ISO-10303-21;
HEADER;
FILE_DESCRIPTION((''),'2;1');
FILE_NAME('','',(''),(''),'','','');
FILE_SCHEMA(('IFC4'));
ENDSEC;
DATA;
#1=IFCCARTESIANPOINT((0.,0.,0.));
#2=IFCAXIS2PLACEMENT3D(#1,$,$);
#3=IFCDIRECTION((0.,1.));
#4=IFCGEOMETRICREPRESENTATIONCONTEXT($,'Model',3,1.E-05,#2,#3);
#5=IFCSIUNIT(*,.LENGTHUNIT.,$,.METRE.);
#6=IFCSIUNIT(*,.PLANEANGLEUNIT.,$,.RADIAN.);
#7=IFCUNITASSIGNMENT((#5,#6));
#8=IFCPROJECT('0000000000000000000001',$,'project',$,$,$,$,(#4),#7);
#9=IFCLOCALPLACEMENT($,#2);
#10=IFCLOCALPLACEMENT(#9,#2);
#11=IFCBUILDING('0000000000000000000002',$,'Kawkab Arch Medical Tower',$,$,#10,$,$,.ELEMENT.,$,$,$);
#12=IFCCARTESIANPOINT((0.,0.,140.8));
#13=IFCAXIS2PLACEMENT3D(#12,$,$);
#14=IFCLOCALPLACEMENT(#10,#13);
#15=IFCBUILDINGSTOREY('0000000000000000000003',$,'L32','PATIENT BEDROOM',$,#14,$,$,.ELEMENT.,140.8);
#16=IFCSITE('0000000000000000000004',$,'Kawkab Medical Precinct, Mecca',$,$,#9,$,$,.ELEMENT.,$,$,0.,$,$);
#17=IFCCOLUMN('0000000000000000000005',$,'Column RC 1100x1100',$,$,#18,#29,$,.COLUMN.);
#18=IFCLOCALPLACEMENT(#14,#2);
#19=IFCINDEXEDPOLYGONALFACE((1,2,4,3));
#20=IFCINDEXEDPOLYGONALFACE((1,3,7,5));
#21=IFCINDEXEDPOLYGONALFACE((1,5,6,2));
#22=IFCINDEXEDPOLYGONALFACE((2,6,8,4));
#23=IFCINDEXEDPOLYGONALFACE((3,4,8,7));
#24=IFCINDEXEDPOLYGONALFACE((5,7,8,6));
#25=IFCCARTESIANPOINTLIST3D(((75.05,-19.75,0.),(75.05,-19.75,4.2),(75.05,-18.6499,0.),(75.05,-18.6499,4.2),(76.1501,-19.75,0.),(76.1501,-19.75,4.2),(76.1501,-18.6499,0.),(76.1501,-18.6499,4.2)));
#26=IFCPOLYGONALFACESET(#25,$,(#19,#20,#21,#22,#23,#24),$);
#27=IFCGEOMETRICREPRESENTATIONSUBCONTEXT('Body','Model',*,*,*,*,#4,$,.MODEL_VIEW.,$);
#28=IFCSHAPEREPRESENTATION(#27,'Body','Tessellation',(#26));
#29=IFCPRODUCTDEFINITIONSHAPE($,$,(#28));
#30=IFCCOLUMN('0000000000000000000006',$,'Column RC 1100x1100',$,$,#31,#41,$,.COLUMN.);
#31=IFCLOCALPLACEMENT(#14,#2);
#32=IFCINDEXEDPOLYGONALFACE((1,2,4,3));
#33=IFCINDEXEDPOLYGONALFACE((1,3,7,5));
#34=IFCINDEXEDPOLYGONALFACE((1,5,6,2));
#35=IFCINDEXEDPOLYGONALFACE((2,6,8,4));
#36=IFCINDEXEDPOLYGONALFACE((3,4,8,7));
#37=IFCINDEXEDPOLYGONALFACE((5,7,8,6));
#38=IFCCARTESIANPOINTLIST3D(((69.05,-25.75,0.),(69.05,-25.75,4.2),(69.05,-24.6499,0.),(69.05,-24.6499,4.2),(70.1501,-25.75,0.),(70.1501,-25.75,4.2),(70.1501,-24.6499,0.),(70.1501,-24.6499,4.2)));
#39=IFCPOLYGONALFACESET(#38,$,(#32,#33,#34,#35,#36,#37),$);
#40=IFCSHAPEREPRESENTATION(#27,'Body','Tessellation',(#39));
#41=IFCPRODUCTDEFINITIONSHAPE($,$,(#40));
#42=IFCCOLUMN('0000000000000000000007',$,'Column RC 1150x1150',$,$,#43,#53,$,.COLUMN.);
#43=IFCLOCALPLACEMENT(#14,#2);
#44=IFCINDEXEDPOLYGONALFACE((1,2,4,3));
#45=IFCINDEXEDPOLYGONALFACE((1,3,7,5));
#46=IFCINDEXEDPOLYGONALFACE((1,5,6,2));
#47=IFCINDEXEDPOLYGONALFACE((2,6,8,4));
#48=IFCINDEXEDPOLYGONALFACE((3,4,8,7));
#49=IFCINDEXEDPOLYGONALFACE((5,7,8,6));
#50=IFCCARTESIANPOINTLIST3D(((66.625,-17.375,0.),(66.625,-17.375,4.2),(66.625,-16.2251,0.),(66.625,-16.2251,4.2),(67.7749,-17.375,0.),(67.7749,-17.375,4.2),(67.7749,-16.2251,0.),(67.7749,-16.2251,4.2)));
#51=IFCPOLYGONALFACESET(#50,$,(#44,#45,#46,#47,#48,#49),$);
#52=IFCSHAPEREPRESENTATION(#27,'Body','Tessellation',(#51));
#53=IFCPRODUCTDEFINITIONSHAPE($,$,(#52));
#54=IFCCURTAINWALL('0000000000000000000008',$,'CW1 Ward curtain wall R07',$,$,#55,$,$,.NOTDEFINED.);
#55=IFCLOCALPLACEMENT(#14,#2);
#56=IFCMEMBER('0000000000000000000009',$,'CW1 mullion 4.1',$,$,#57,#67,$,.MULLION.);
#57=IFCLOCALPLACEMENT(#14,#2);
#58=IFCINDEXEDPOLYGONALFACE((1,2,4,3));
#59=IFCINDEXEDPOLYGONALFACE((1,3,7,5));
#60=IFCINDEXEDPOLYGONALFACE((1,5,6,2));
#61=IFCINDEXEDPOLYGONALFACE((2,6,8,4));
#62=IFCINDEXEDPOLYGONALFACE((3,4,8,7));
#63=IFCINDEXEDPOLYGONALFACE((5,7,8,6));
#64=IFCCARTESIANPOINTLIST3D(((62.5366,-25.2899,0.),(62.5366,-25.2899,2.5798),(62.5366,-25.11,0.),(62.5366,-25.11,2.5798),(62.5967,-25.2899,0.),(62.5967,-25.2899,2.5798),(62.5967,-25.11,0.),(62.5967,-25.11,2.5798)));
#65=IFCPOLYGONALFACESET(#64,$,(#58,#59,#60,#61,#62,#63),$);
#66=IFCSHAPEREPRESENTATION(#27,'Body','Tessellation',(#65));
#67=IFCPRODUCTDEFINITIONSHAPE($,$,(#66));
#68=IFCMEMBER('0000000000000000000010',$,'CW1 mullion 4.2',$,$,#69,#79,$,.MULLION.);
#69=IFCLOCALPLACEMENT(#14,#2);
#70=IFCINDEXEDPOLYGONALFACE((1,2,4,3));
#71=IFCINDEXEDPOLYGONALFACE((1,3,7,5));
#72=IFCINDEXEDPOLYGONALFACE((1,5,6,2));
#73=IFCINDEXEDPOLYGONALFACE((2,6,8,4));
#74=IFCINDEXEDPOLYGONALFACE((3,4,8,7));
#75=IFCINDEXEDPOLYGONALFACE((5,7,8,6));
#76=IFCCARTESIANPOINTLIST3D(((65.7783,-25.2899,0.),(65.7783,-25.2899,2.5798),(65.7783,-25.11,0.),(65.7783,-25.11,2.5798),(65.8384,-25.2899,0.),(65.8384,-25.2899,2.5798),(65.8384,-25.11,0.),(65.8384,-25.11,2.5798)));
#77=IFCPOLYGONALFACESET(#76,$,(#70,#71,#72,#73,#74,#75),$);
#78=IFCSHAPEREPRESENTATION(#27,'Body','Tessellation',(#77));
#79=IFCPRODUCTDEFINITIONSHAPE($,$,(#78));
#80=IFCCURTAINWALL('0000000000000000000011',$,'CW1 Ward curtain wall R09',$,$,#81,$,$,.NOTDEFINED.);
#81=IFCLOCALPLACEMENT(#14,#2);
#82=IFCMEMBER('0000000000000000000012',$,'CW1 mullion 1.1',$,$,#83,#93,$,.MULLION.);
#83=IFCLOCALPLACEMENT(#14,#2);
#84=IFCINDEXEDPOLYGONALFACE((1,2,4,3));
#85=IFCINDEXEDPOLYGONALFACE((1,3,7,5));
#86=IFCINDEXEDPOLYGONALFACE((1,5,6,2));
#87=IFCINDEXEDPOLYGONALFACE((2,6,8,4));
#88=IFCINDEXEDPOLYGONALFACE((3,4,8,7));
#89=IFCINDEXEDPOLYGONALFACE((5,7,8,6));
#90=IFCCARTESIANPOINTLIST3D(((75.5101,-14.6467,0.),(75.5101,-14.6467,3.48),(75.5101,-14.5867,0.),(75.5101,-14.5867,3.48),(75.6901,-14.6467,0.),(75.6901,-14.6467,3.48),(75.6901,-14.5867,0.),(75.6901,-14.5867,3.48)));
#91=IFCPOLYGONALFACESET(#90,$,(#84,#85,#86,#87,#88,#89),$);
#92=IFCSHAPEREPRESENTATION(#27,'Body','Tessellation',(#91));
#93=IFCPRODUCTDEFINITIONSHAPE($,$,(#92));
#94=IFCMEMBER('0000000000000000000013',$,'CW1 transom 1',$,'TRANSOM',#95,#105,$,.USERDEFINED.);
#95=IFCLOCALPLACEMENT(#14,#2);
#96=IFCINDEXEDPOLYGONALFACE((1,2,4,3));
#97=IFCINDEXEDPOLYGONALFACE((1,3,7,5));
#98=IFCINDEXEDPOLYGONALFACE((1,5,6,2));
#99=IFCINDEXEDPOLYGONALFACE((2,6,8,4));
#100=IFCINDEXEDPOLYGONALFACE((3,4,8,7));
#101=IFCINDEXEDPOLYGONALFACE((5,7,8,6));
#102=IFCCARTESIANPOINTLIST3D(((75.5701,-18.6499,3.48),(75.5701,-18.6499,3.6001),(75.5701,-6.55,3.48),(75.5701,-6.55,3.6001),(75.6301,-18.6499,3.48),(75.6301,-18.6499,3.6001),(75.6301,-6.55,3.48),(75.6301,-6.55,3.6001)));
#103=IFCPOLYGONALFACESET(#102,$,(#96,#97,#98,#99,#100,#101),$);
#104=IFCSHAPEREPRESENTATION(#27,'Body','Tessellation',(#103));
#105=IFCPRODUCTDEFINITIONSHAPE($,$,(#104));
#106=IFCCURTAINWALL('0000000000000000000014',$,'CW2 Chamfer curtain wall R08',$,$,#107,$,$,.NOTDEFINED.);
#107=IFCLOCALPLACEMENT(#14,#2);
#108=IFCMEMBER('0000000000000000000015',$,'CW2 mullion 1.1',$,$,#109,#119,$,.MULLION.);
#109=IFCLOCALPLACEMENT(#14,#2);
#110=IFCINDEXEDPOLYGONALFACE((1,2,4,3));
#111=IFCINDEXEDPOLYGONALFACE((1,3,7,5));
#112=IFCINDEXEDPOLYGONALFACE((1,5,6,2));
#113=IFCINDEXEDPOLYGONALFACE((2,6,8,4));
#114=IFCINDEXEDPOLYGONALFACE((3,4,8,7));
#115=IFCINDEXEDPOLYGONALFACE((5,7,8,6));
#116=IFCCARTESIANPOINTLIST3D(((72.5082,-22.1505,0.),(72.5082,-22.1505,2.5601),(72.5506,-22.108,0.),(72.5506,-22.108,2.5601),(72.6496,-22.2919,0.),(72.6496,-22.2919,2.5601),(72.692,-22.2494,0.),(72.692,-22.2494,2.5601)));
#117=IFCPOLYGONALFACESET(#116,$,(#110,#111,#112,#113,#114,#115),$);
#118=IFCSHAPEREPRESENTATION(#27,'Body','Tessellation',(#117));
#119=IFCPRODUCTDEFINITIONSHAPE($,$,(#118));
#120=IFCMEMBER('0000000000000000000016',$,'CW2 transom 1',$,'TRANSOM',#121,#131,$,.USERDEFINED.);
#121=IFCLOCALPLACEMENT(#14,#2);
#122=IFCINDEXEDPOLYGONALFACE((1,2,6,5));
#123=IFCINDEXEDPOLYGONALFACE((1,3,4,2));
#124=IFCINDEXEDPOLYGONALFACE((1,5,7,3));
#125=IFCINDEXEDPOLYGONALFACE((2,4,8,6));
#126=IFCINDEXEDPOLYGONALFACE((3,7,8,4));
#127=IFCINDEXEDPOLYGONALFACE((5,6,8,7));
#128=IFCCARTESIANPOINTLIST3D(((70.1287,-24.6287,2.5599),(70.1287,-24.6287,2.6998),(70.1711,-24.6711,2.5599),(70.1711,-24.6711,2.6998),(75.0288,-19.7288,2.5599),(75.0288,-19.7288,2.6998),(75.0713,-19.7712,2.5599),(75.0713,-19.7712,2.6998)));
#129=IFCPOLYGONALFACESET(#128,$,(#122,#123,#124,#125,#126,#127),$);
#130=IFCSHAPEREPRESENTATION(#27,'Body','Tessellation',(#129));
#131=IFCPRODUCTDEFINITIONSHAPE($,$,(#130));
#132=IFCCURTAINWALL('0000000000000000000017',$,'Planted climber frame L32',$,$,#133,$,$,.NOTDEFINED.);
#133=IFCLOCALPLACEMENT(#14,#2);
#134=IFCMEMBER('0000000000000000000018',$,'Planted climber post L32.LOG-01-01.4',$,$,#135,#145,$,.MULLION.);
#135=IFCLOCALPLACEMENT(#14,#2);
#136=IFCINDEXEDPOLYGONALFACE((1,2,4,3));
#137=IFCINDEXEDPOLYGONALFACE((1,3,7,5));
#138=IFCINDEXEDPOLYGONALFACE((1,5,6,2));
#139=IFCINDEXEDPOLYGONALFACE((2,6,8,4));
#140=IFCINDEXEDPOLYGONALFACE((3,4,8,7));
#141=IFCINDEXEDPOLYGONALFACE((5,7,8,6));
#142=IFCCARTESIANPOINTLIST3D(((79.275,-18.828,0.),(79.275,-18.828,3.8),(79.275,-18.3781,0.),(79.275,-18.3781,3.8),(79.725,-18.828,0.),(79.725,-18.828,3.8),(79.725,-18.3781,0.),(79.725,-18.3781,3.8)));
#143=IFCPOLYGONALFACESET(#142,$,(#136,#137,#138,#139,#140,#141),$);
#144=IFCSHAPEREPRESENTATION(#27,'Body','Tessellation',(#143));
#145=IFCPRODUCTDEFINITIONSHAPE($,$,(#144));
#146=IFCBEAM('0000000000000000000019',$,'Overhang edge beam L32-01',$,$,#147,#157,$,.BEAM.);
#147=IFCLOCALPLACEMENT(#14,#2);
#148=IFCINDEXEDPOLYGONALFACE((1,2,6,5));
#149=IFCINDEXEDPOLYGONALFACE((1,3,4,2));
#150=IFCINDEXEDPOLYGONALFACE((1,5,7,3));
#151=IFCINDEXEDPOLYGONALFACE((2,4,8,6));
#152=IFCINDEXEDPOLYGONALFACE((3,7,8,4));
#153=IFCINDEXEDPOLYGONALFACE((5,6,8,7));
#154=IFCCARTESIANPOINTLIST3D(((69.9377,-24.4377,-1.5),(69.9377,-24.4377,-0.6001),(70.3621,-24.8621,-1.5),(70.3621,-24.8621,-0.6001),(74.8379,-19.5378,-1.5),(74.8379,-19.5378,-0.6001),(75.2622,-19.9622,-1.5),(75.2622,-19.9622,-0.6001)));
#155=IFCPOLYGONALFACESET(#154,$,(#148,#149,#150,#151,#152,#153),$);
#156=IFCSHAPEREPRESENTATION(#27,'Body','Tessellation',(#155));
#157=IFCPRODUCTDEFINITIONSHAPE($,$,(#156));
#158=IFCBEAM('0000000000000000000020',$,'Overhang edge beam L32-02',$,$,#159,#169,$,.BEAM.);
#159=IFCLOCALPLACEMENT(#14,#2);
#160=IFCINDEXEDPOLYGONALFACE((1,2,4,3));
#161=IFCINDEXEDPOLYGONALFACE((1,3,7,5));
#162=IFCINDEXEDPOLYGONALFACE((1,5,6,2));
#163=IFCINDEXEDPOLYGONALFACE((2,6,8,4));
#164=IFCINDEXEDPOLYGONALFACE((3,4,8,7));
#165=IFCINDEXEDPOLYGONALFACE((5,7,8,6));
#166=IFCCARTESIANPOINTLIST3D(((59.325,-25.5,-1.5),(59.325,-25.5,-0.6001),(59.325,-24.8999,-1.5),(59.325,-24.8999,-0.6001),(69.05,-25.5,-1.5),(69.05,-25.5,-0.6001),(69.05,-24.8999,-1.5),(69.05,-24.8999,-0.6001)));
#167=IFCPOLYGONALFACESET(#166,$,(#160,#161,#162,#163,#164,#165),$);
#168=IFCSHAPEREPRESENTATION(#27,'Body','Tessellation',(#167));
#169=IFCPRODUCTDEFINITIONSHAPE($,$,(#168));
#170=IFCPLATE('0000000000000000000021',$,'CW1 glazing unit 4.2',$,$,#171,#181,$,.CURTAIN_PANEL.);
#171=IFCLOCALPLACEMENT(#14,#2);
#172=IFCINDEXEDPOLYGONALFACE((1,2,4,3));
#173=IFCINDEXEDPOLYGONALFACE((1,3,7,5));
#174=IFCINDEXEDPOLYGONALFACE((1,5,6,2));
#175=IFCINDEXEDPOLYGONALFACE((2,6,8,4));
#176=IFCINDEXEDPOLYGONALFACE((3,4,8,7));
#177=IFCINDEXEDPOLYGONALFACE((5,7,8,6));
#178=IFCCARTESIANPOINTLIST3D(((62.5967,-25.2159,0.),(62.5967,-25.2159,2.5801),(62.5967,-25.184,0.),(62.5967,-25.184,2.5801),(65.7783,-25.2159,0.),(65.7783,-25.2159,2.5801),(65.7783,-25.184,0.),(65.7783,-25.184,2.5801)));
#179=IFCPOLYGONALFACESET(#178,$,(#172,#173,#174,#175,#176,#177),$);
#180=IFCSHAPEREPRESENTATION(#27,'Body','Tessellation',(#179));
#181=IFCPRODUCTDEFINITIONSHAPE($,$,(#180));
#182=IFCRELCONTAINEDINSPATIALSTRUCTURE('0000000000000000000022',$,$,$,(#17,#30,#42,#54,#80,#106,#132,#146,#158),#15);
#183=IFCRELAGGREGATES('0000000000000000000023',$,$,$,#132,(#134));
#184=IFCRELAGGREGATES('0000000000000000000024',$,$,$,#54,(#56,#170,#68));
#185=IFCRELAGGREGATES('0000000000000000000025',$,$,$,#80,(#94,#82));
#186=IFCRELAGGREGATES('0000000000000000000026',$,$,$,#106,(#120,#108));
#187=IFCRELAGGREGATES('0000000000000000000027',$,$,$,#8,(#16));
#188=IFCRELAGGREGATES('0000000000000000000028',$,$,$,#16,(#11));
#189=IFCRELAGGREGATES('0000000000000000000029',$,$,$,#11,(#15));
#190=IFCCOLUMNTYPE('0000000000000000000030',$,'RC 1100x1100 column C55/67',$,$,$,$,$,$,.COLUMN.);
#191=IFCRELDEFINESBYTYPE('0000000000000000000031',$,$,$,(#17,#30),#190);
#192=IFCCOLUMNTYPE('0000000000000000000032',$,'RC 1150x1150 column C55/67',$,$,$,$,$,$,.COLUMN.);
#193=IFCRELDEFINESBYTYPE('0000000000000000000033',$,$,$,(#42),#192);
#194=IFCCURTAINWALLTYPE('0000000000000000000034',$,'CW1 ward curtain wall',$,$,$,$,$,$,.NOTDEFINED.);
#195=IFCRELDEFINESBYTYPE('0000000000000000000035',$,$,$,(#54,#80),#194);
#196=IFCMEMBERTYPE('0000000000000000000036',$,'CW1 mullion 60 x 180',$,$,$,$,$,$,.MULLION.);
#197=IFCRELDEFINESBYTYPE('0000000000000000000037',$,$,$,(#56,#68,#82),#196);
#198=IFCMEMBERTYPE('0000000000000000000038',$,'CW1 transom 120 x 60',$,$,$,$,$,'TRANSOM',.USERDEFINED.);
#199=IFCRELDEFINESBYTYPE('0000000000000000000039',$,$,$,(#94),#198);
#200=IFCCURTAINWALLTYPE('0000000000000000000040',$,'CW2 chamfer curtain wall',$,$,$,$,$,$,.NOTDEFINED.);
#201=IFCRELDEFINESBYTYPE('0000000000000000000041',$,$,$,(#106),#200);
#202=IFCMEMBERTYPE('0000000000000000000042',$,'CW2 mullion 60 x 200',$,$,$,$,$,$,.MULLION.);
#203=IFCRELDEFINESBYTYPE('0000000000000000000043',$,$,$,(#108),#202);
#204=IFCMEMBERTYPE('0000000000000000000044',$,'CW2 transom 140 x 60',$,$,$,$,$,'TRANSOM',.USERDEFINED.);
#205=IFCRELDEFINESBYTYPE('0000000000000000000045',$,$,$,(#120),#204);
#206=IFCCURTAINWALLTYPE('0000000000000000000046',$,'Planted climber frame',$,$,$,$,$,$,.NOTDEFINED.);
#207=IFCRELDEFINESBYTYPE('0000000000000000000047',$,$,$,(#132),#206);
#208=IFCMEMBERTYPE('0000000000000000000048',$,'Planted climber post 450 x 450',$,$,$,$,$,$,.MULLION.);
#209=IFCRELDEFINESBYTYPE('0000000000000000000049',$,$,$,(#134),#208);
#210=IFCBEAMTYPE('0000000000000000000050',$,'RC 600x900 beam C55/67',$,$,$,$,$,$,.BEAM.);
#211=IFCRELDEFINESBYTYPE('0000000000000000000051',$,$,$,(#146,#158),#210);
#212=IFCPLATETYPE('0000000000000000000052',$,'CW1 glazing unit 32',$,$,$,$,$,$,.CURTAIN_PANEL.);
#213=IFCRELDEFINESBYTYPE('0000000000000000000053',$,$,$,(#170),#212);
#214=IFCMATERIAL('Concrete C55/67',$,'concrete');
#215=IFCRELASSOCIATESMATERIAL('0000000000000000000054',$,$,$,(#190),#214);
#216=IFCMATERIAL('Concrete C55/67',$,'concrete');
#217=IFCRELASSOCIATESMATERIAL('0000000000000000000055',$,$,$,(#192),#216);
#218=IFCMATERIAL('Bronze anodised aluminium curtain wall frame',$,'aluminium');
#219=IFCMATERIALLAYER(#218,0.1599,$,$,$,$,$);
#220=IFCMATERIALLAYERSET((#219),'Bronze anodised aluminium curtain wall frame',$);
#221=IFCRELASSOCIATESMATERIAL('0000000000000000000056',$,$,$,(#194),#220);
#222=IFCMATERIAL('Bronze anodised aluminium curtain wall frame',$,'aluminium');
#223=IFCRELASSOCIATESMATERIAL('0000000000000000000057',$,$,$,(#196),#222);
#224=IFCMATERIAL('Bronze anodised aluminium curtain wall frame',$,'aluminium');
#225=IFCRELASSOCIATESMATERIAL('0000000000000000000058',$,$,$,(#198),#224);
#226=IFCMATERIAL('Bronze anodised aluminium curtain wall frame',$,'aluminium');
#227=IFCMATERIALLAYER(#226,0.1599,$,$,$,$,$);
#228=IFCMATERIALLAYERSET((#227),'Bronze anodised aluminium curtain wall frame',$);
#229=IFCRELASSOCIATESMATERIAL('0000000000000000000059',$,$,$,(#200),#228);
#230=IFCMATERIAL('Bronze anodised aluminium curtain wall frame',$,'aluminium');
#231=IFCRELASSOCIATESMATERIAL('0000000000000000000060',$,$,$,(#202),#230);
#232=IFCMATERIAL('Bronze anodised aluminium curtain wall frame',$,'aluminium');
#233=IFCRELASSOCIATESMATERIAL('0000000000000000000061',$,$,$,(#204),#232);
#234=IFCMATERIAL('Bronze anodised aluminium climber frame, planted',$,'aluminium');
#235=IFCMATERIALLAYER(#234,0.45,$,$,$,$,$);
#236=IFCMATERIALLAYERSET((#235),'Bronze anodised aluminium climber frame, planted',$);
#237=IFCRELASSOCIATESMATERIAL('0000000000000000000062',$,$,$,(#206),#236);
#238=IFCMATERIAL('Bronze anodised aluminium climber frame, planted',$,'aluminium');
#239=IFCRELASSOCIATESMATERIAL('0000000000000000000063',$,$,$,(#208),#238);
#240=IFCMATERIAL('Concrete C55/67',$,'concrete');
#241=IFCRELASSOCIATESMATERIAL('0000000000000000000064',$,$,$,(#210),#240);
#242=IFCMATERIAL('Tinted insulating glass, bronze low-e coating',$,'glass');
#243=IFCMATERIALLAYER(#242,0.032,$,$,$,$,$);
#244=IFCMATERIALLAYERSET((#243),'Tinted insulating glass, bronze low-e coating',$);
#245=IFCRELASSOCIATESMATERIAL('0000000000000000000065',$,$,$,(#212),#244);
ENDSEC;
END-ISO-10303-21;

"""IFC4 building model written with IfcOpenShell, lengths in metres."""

from ifc_helpers import new_model, si_unit, direction, frame, origin, origin_2d, place, context, subcontext, project, spatial, rectangle, extrude, material, layer, layer_set, material_profile, profile_set, type_object, element, aggregate, save


model = new_model("IFC4")

# Units and contexts
model_context = context("Model", 3, precision=1e-05, world=origin(), true_north=direction((0.0, 1.0)))
body_context = subcontext(model_context, "Body", "Model", "MODEL_VIEW")
ifc_project = project(units=[si_unit("LENGTHUNIT", "METRE"), si_unit("PLANEANGLEUNIT", "RADIAN")], contexts=[model_context])

# Site, building, storey
site_placement = place(None, origin())
site = spatial("IfcSite", under=ifc_project, at=site_placement, Name="Kawkab Medical Precinct, Mecca", CompositionType="ELEMENT", RefElevation=0.0)
building_placement = place(site_placement, origin())
building = spatial("IfcBuilding", under=site, at=building_placement, Name="Kawkab Arch Medical Tower", CompositionType="ELEMENT")
storey_placement = place(building_placement, frame((0.0, 0.0, 140.8)))
storey = spatial("IfcBuildingStorey", under=building, at=storey_placement, Name="L32", Description="PATIENT BEDROOM", CompositionType="ELEMENT", Elevation=140.8)

# Columns
ifc_material_1 = material(Name="Concrete C55/67", Category="concrete")
ifc_material_profile_1 = material_profile(ifc_material_1, rectangle(XDim=1.1001, YDim=1.1001, at=origin_2d()), Name="RC 1100x1100")
ifc_profile_set_1 = profile_set([ifc_material_profile_1], Name="Concrete C55/67")
column_type_1 = type_object("IfcColumnType", Name="RC 1100x1100 column C55/67", PredefinedType="COLUMN", material=ifc_profile_set_1)
for number, where, z_axis, x_axis, name in (
    (1, (75.6001, -19.2, 0.0), (0.0, 0.0, 1.0), (1.0, 0.0, 0.0), "Column RC 1100x1100"),
    (2, (69.6001, -25.2, 0.0), (0.0, 0.0, 1.0), (1.0, 0.0, 0.0), "Column RC 1100x1100"),
):
    element("IfcColumn", number, at=place(storey_placement, frame(where, z_axis=z_axis, x_axis=x_axis)), inside=storey, type_object=column_type_1, Name=name, PredefinedType="COLUMN", context=body_context, shape_type="SweptSolid", body=[
        extrude(rectangle(XDim=1.1001, YDim=1.1001, at=origin_2d()), origin(), (0.0, 0.0, 1.0), 4.2),
    ])
ifc_material_2 = material(Name="Concrete C55/67", Category="concrete")
ifc_material_profile_2 = material_profile(ifc_material_2, rectangle(XDim=1.1499, YDim=1.1499, at=origin_2d()), Name="RC 1150x1150")
ifc_profile_set_2 = profile_set([ifc_material_profile_2], Name="Concrete C55/67")
column_type_2 = type_object("IfcColumnType", Name="RC 1150x1150 column C55/67", PredefinedType="COLUMN", material=ifc_profile_set_2)
column_placement = place(storey_placement, frame((67.2, -16.8, 0.0), z_axis=(0.0, 0.0, 1.0), x_axis=(1.0, 0.0, 0.0)))
element("IfcColumn", 3, at=column_placement, inside=storey, type_object=column_type_2, Name="Column RC 1150x1150", PredefinedType="COLUMN", context=body_context, shape_type="SweptSolid", body=[
    extrude(rectangle(XDim=1.1499, YDim=1.1499, at=origin_2d()), origin(), (0.0, 0.0, 1.0), 4.2),
])

# Curtain walls, members
ifc_material_3 = material(Name="Bronze anodised aluminium curtain wall frame", Category="aluminium")
ifc_layer_1 = layer(ifc_material_3, 0.1599)
ifc_layer_set_1 = layer_set([ifc_layer_1], Name="Bronze anodised aluminium curtain wall frame")
curtain_wall_type_1 = type_object("IfcCurtainWallType", Name="CW1 ward curtain wall", PredefinedType="NOTDEFINED", material=ifc_layer_set_1)
placement = place(storey_placement, origin())
curtain_wall_1 = element("IfcCurtainWall", 4, at=placement, inside=storey, type_object=curtain_wall_type_1, Name="CW1 Ward curtain wall R07", PredefinedType="NOTDEFINED")
ifc_material_4 = material(Name="Bronze anodised aluminium curtain wall frame", Category="aluminium")
ifc_material_profile_3 = material_profile(ifc_material_4, rectangle(XDim=0.1799, YDim=0.0601, at=origin_2d()), Name="AL 60x180")
ifc_profile_set_3 = profile_set([ifc_material_profile_3], Name="Bronze anodised aluminium curtain wall frame")
member_type_1 = type_object("IfcMemberType", Name="CW1 mullion 60 x 180", PredefinedType="MULLION", material=ifc_profile_set_3)
member_1_placement = place(storey_placement, frame((62.5667, -25.2, 0.0), z_axis=(0.0, 0.0, 1.0), x_axis=(0.0, 1.0, 0.0)))
member_1 = element("IfcMember", 5, at=member_1_placement, type_object=member_type_1, Name="CW1 mullion 4.1", PredefinedType="MULLION", context=body_context, shape_type="SweptSolid", body=[
    extrude(rectangle(XDim=0.1799, YDim=0.0601, at=origin_2d()), origin(), (0.0, 0.0, 1.0), 2.5798),
])
member_2_placement = place(storey_placement, frame((65.8083, -25.2, 0.0), z_axis=(0.0, 0.0, 1.0), x_axis=(0.0, 1.0, 0.0)))
member_2 = element("IfcMember", 6, at=member_2_placement, type_object=member_type_1, Name="CW1 mullion 4.2", PredefinedType="MULLION", context=body_context, shape_type="SweptSolid", body=[
    extrude(rectangle(XDim=0.1799, YDim=0.0601, at=origin_2d()), origin(), (0.0, 0.0, 1.0), 2.5798),
])
curtain_wall_2 = element("IfcCurtainWall", 7, at=placement, inside=storey, type_object=curtain_wall_type_1, Name="CW1 Ward curtain wall R09", PredefinedType="NOTDEFINED")
member_3_placement = place(storey_placement, frame((75.6001, -14.6167, 0.0), z_axis=(0.0, 0.0, 1.0), x_axis=(-1.0, 0.0, 0.0)))
member_3 = element("IfcMember", 8, at=member_3_placement, type_object=member_type_1, Name="CW1 mullion 1.1", PredefinedType="MULLION", context=body_context, shape_type="SweptSolid", body=[
    extrude(rectangle(XDim=0.1799, YDim=0.0601, at=origin_2d()), origin(), (0.0, 0.0, 1.0), 3.48),
])
ifc_material_5 = material(Name="Bronze anodised aluminium curtain wall frame", Category="aluminium")
ifc_material_profile_4 = material_profile(ifc_material_5, rectangle(XDim=0.0601, YDim=0.1201, at=origin_2d()), Name="AL 60x120")
ifc_profile_set_4 = profile_set([ifc_material_profile_4], Name="Bronze anodised aluminium curtain wall frame")
member_type_2 = type_object("IfcMemberType", Name="CW1 transom 120 x 60", ElementType="TRANSOM", PredefinedType="USERDEFINED", material=ifc_profile_set_4)
member_4_placement = place(storey_placement, frame((75.6001, -18.6499, 3.54), z_axis=(0.0, 1.0, 0.0), x_axis=(-1.0, 0.0, 0.0)))
member_4 = element("IfcMember", 9, at=member_4_placement, type_object=member_type_2, Name="CW1 transom 1", ObjectType="TRANSOM", PredefinedType="USERDEFINED", context=body_context, shape_type="SweptSolid", body=[
    extrude(rectangle(XDim=0.0601, YDim=0.1201, at=origin_2d()), origin(), (0.0, 0.0, 1.0), 12.0999),
])
ifc_material_6 = material(Name="Bronze anodised aluminium curtain wall frame", Category="aluminium")
ifc_layer_2 = layer(ifc_material_6, 0.1599)
ifc_layer_set_2 = layer_set([ifc_layer_2], Name="Bronze anodised aluminium curtain wall frame")
curtain_wall_type_2 = type_object("IfcCurtainWallType", Name="CW2 chamfer curtain wall", PredefinedType="NOTDEFINED", material=ifc_layer_set_2)
curtain_wall_3 = element("IfcCurtainWall", 10, at=placement, inside=storey, type_object=curtain_wall_type_2, Name="CW2 Chamfer curtain wall R08", PredefinedType="NOTDEFINED")
ifc_material_7 = material(Name="Bronze anodised aluminium curtain wall frame", Category="aluminium")
ifc_material_profile_5 = material_profile(ifc_material_7, rectangle(XDim=0.2, YDim=0.0601, at=origin_2d()), Name="AL 60x200")
ifc_profile_set_5 = profile_set([ifc_material_profile_5], Name="Bronze anodised aluminium curtain wall frame")
member_type_3 = type_object("IfcMemberType", Name="CW2 mullion 60 x 200", PredefinedType="MULLION", material=ifc_profile_set_5)
member_5_placement = place(storey_placement, frame((72.6001, -22.2, 0.0), z_axis=(0.0, 0.0, 1.0), x_axis=(-0.707107, 0.707107, 0.0)))
member_5 = element("IfcMember", 11, at=member_5_placement, type_object=member_type_3, Name="CW2 mullion 1.1", PredefinedType="MULLION", context=body_context, shape_type="SweptSolid", body=[
    extrude(rectangle(XDim=0.2, YDim=0.0601, at=origin_2d()), origin(), (0.0, 0.0, 1.0), 2.5601),
])
ifc_material_8 = material(Name="Bronze anodised aluminium curtain wall frame", Category="aluminium")
ifc_material_profile_6 = material_profile(ifc_material_8, rectangle(XDim=0.0601, YDim=0.1399, at=origin_2d()), Name="AL 60x140")
ifc_profile_set_6 = profile_set([ifc_material_profile_6], Name="Bronze anodised aluminium curtain wall frame")
member_type_4 = type_object("IfcMemberType", Name="CW2 transom 140 x 60", ElementType="TRANSOM", PredefinedType="USERDEFINED", material=ifc_profile_set_6)
member_6_placement = place(storey_placement, frame((70.1499, -24.6499, 2.6299), z_axis=(0.707124, 0.707089, 0.0), x_axis=(-0.707089, 0.707124, 0.0)))
member_6 = element("IfcMember", 12, at=member_6_placement, type_object=member_type_4, Name="CW2 transom 1", ObjectType="TRANSOM", PredefinedType="USERDEFINED", context=body_context, shape_type="SweptSolid", body=[
    extrude(rectangle(XDim=0.0601, YDim=0.1399, at=origin_2d()), origin(), (0.0, 0.0, 1.0), 6.9297),
])

# Curtain wall, member
ifc_material_9 = material(Name="Bronze anodised aluminium climber frame, planted", Category="aluminium")
ifc_layer_3 = layer(ifc_material_9, 0.45)
ifc_layer_set_3 = layer_set([ifc_layer_3], Name="Bronze anodised aluminium climber frame, planted")
curtain_wall_type_3 = type_object("IfcCurtainWallType", Name="Planted climber frame", PredefinedType="NOTDEFINED", material=ifc_layer_set_3)
curtain_wall_4 = element("IfcCurtainWall", 13, at=placement, inside=storey, type_object=curtain_wall_type_3, Name="Planted climber frame L32", PredefinedType="NOTDEFINED")
ifc_material_10 = material(Name="Bronze anodised aluminium climber frame, planted", Category="aluminium")
ifc_material_profile_7 = material_profile(ifc_material_10, rectangle(XDim=0.45, YDim=0.45, at=origin_2d()), Name="Post 450x450")
ifc_profile_set_7 = profile_set([ifc_material_profile_7], Name="Bronze anodised aluminium climber frame, planted")
member_type_5 = type_object("IfcMemberType", Name="Planted climber post 450 x 450", PredefinedType="MULLION", material=ifc_profile_set_7)
member_7_placement = place(storey_placement, frame((79.5, -18.603, 0.0), z_axis=(0.0, 0.0, 1.0), x_axis=(1.0, 0.0, 0.0)))
member_7 = element("IfcMember", 14, at=member_7_placement, type_object=member_type_5, Name="Planted climber post L32.LOG-01-01.4", PredefinedType="MULLION", context=body_context, shape_type="SweptSolid", body=[
    extrude(rectangle(XDim=0.45, YDim=0.45, at=origin_2d()), origin(), (0.0, 0.0, 1.0), 3.8),
])
aggregate(curtain_wall_4, [member_7])

# Beams
ifc_material_11 = material(Name="Concrete C55/67", Category="concrete")
ifc_material_profile_8 = material_profile(ifc_material_11, rectangle(XDim=0.6001, YDim=0.8999, at=origin_2d()), Name="RC 600x900")
ifc_profile_set_8 = profile_set([ifc_material_profile_8], Name="Concrete C55/67")
beam_type = type_object("IfcBeamType", Name="RC 600x900 beam C55/67", PredefinedType="BEAM", material=ifc_profile_set_8)
beam_1_placement = place(storey_placement, frame((75.05, -19.75, -1.05), z_axis=(-0.707124, -0.707089, 0.0), x_axis=(0.707089, -0.707124, 0.0)))
element("IfcBeam", 15, at=beam_1_placement, inside=storey, type_object=beam_type, Name="Overhang edge beam L32-01", PredefinedType="BEAM", context=body_context, shape_type="SweptSolid", body=[
    extrude(rectangle(XDim=0.6001, YDim=0.8999, at=origin_2d()), origin(), (0.0, 0.0, 1.0), 6.9297),
])
beam_2_placement = place(storey_placement, frame((69.05, -25.2, -1.05), z_axis=(-1.0, 0.0, 0.0), x_axis=(0.0, -1.0, 0.0)))
element("IfcBeam", 16, at=beam_2_placement, inside=storey, type_object=beam_type, Name="Overhang edge beam L32-02", PredefinedType="BEAM", context=body_context, shape_type="SweptSolid", body=[
    extrude(rectangle(XDim=0.6001, YDim=0.8999, at=origin_2d()), origin(), (0.0, 0.0, 1.0), 9.7251),
])

# Plate
ifc_material_12 = material(Name="Tinted insulating glass, bronze low-e coating", Category="glass")
ifc_layer_4 = layer(ifc_material_12, 0.032)
ifc_layer_set_4 = layer_set([ifc_layer_4], Name="Tinted insulating glass, bronze low-e coating")
plate_type_1 = type_object("IfcPlateType", Name="CW1 glazing unit 32", PredefinedType="CURTAIN_PANEL", material=ifc_layer_set_4)
plate_1_placement = place(storey_placement, frame((64.1875, -25.2, 0.0), z_axis=(0.0, 0.0, 1.0), x_axis=(1.0, 0.0, 0.0)))
plate_1 = element("IfcPlate", 17, at=plate_1_placement, type_object=plate_type_1, Name="CW1 glazing unit 4.2", PredefinedType="CURTAIN_PANEL", context=body_context, shape_type="SweptSolid", body=[
    extrude(rectangle(XDim=3.1816, YDim=0.032, at=origin_2d()), origin(), (0.0, 0.0, 1.0), 2.5801),
])
aggregate(curtain_wall_1, [member_1, plate_1, member_2])
aggregate(curtain_wall_2, [member_4, member_3])
aggregate(curtain_wall_3, [member_6, member_5])

save(model, "model.ifc")
